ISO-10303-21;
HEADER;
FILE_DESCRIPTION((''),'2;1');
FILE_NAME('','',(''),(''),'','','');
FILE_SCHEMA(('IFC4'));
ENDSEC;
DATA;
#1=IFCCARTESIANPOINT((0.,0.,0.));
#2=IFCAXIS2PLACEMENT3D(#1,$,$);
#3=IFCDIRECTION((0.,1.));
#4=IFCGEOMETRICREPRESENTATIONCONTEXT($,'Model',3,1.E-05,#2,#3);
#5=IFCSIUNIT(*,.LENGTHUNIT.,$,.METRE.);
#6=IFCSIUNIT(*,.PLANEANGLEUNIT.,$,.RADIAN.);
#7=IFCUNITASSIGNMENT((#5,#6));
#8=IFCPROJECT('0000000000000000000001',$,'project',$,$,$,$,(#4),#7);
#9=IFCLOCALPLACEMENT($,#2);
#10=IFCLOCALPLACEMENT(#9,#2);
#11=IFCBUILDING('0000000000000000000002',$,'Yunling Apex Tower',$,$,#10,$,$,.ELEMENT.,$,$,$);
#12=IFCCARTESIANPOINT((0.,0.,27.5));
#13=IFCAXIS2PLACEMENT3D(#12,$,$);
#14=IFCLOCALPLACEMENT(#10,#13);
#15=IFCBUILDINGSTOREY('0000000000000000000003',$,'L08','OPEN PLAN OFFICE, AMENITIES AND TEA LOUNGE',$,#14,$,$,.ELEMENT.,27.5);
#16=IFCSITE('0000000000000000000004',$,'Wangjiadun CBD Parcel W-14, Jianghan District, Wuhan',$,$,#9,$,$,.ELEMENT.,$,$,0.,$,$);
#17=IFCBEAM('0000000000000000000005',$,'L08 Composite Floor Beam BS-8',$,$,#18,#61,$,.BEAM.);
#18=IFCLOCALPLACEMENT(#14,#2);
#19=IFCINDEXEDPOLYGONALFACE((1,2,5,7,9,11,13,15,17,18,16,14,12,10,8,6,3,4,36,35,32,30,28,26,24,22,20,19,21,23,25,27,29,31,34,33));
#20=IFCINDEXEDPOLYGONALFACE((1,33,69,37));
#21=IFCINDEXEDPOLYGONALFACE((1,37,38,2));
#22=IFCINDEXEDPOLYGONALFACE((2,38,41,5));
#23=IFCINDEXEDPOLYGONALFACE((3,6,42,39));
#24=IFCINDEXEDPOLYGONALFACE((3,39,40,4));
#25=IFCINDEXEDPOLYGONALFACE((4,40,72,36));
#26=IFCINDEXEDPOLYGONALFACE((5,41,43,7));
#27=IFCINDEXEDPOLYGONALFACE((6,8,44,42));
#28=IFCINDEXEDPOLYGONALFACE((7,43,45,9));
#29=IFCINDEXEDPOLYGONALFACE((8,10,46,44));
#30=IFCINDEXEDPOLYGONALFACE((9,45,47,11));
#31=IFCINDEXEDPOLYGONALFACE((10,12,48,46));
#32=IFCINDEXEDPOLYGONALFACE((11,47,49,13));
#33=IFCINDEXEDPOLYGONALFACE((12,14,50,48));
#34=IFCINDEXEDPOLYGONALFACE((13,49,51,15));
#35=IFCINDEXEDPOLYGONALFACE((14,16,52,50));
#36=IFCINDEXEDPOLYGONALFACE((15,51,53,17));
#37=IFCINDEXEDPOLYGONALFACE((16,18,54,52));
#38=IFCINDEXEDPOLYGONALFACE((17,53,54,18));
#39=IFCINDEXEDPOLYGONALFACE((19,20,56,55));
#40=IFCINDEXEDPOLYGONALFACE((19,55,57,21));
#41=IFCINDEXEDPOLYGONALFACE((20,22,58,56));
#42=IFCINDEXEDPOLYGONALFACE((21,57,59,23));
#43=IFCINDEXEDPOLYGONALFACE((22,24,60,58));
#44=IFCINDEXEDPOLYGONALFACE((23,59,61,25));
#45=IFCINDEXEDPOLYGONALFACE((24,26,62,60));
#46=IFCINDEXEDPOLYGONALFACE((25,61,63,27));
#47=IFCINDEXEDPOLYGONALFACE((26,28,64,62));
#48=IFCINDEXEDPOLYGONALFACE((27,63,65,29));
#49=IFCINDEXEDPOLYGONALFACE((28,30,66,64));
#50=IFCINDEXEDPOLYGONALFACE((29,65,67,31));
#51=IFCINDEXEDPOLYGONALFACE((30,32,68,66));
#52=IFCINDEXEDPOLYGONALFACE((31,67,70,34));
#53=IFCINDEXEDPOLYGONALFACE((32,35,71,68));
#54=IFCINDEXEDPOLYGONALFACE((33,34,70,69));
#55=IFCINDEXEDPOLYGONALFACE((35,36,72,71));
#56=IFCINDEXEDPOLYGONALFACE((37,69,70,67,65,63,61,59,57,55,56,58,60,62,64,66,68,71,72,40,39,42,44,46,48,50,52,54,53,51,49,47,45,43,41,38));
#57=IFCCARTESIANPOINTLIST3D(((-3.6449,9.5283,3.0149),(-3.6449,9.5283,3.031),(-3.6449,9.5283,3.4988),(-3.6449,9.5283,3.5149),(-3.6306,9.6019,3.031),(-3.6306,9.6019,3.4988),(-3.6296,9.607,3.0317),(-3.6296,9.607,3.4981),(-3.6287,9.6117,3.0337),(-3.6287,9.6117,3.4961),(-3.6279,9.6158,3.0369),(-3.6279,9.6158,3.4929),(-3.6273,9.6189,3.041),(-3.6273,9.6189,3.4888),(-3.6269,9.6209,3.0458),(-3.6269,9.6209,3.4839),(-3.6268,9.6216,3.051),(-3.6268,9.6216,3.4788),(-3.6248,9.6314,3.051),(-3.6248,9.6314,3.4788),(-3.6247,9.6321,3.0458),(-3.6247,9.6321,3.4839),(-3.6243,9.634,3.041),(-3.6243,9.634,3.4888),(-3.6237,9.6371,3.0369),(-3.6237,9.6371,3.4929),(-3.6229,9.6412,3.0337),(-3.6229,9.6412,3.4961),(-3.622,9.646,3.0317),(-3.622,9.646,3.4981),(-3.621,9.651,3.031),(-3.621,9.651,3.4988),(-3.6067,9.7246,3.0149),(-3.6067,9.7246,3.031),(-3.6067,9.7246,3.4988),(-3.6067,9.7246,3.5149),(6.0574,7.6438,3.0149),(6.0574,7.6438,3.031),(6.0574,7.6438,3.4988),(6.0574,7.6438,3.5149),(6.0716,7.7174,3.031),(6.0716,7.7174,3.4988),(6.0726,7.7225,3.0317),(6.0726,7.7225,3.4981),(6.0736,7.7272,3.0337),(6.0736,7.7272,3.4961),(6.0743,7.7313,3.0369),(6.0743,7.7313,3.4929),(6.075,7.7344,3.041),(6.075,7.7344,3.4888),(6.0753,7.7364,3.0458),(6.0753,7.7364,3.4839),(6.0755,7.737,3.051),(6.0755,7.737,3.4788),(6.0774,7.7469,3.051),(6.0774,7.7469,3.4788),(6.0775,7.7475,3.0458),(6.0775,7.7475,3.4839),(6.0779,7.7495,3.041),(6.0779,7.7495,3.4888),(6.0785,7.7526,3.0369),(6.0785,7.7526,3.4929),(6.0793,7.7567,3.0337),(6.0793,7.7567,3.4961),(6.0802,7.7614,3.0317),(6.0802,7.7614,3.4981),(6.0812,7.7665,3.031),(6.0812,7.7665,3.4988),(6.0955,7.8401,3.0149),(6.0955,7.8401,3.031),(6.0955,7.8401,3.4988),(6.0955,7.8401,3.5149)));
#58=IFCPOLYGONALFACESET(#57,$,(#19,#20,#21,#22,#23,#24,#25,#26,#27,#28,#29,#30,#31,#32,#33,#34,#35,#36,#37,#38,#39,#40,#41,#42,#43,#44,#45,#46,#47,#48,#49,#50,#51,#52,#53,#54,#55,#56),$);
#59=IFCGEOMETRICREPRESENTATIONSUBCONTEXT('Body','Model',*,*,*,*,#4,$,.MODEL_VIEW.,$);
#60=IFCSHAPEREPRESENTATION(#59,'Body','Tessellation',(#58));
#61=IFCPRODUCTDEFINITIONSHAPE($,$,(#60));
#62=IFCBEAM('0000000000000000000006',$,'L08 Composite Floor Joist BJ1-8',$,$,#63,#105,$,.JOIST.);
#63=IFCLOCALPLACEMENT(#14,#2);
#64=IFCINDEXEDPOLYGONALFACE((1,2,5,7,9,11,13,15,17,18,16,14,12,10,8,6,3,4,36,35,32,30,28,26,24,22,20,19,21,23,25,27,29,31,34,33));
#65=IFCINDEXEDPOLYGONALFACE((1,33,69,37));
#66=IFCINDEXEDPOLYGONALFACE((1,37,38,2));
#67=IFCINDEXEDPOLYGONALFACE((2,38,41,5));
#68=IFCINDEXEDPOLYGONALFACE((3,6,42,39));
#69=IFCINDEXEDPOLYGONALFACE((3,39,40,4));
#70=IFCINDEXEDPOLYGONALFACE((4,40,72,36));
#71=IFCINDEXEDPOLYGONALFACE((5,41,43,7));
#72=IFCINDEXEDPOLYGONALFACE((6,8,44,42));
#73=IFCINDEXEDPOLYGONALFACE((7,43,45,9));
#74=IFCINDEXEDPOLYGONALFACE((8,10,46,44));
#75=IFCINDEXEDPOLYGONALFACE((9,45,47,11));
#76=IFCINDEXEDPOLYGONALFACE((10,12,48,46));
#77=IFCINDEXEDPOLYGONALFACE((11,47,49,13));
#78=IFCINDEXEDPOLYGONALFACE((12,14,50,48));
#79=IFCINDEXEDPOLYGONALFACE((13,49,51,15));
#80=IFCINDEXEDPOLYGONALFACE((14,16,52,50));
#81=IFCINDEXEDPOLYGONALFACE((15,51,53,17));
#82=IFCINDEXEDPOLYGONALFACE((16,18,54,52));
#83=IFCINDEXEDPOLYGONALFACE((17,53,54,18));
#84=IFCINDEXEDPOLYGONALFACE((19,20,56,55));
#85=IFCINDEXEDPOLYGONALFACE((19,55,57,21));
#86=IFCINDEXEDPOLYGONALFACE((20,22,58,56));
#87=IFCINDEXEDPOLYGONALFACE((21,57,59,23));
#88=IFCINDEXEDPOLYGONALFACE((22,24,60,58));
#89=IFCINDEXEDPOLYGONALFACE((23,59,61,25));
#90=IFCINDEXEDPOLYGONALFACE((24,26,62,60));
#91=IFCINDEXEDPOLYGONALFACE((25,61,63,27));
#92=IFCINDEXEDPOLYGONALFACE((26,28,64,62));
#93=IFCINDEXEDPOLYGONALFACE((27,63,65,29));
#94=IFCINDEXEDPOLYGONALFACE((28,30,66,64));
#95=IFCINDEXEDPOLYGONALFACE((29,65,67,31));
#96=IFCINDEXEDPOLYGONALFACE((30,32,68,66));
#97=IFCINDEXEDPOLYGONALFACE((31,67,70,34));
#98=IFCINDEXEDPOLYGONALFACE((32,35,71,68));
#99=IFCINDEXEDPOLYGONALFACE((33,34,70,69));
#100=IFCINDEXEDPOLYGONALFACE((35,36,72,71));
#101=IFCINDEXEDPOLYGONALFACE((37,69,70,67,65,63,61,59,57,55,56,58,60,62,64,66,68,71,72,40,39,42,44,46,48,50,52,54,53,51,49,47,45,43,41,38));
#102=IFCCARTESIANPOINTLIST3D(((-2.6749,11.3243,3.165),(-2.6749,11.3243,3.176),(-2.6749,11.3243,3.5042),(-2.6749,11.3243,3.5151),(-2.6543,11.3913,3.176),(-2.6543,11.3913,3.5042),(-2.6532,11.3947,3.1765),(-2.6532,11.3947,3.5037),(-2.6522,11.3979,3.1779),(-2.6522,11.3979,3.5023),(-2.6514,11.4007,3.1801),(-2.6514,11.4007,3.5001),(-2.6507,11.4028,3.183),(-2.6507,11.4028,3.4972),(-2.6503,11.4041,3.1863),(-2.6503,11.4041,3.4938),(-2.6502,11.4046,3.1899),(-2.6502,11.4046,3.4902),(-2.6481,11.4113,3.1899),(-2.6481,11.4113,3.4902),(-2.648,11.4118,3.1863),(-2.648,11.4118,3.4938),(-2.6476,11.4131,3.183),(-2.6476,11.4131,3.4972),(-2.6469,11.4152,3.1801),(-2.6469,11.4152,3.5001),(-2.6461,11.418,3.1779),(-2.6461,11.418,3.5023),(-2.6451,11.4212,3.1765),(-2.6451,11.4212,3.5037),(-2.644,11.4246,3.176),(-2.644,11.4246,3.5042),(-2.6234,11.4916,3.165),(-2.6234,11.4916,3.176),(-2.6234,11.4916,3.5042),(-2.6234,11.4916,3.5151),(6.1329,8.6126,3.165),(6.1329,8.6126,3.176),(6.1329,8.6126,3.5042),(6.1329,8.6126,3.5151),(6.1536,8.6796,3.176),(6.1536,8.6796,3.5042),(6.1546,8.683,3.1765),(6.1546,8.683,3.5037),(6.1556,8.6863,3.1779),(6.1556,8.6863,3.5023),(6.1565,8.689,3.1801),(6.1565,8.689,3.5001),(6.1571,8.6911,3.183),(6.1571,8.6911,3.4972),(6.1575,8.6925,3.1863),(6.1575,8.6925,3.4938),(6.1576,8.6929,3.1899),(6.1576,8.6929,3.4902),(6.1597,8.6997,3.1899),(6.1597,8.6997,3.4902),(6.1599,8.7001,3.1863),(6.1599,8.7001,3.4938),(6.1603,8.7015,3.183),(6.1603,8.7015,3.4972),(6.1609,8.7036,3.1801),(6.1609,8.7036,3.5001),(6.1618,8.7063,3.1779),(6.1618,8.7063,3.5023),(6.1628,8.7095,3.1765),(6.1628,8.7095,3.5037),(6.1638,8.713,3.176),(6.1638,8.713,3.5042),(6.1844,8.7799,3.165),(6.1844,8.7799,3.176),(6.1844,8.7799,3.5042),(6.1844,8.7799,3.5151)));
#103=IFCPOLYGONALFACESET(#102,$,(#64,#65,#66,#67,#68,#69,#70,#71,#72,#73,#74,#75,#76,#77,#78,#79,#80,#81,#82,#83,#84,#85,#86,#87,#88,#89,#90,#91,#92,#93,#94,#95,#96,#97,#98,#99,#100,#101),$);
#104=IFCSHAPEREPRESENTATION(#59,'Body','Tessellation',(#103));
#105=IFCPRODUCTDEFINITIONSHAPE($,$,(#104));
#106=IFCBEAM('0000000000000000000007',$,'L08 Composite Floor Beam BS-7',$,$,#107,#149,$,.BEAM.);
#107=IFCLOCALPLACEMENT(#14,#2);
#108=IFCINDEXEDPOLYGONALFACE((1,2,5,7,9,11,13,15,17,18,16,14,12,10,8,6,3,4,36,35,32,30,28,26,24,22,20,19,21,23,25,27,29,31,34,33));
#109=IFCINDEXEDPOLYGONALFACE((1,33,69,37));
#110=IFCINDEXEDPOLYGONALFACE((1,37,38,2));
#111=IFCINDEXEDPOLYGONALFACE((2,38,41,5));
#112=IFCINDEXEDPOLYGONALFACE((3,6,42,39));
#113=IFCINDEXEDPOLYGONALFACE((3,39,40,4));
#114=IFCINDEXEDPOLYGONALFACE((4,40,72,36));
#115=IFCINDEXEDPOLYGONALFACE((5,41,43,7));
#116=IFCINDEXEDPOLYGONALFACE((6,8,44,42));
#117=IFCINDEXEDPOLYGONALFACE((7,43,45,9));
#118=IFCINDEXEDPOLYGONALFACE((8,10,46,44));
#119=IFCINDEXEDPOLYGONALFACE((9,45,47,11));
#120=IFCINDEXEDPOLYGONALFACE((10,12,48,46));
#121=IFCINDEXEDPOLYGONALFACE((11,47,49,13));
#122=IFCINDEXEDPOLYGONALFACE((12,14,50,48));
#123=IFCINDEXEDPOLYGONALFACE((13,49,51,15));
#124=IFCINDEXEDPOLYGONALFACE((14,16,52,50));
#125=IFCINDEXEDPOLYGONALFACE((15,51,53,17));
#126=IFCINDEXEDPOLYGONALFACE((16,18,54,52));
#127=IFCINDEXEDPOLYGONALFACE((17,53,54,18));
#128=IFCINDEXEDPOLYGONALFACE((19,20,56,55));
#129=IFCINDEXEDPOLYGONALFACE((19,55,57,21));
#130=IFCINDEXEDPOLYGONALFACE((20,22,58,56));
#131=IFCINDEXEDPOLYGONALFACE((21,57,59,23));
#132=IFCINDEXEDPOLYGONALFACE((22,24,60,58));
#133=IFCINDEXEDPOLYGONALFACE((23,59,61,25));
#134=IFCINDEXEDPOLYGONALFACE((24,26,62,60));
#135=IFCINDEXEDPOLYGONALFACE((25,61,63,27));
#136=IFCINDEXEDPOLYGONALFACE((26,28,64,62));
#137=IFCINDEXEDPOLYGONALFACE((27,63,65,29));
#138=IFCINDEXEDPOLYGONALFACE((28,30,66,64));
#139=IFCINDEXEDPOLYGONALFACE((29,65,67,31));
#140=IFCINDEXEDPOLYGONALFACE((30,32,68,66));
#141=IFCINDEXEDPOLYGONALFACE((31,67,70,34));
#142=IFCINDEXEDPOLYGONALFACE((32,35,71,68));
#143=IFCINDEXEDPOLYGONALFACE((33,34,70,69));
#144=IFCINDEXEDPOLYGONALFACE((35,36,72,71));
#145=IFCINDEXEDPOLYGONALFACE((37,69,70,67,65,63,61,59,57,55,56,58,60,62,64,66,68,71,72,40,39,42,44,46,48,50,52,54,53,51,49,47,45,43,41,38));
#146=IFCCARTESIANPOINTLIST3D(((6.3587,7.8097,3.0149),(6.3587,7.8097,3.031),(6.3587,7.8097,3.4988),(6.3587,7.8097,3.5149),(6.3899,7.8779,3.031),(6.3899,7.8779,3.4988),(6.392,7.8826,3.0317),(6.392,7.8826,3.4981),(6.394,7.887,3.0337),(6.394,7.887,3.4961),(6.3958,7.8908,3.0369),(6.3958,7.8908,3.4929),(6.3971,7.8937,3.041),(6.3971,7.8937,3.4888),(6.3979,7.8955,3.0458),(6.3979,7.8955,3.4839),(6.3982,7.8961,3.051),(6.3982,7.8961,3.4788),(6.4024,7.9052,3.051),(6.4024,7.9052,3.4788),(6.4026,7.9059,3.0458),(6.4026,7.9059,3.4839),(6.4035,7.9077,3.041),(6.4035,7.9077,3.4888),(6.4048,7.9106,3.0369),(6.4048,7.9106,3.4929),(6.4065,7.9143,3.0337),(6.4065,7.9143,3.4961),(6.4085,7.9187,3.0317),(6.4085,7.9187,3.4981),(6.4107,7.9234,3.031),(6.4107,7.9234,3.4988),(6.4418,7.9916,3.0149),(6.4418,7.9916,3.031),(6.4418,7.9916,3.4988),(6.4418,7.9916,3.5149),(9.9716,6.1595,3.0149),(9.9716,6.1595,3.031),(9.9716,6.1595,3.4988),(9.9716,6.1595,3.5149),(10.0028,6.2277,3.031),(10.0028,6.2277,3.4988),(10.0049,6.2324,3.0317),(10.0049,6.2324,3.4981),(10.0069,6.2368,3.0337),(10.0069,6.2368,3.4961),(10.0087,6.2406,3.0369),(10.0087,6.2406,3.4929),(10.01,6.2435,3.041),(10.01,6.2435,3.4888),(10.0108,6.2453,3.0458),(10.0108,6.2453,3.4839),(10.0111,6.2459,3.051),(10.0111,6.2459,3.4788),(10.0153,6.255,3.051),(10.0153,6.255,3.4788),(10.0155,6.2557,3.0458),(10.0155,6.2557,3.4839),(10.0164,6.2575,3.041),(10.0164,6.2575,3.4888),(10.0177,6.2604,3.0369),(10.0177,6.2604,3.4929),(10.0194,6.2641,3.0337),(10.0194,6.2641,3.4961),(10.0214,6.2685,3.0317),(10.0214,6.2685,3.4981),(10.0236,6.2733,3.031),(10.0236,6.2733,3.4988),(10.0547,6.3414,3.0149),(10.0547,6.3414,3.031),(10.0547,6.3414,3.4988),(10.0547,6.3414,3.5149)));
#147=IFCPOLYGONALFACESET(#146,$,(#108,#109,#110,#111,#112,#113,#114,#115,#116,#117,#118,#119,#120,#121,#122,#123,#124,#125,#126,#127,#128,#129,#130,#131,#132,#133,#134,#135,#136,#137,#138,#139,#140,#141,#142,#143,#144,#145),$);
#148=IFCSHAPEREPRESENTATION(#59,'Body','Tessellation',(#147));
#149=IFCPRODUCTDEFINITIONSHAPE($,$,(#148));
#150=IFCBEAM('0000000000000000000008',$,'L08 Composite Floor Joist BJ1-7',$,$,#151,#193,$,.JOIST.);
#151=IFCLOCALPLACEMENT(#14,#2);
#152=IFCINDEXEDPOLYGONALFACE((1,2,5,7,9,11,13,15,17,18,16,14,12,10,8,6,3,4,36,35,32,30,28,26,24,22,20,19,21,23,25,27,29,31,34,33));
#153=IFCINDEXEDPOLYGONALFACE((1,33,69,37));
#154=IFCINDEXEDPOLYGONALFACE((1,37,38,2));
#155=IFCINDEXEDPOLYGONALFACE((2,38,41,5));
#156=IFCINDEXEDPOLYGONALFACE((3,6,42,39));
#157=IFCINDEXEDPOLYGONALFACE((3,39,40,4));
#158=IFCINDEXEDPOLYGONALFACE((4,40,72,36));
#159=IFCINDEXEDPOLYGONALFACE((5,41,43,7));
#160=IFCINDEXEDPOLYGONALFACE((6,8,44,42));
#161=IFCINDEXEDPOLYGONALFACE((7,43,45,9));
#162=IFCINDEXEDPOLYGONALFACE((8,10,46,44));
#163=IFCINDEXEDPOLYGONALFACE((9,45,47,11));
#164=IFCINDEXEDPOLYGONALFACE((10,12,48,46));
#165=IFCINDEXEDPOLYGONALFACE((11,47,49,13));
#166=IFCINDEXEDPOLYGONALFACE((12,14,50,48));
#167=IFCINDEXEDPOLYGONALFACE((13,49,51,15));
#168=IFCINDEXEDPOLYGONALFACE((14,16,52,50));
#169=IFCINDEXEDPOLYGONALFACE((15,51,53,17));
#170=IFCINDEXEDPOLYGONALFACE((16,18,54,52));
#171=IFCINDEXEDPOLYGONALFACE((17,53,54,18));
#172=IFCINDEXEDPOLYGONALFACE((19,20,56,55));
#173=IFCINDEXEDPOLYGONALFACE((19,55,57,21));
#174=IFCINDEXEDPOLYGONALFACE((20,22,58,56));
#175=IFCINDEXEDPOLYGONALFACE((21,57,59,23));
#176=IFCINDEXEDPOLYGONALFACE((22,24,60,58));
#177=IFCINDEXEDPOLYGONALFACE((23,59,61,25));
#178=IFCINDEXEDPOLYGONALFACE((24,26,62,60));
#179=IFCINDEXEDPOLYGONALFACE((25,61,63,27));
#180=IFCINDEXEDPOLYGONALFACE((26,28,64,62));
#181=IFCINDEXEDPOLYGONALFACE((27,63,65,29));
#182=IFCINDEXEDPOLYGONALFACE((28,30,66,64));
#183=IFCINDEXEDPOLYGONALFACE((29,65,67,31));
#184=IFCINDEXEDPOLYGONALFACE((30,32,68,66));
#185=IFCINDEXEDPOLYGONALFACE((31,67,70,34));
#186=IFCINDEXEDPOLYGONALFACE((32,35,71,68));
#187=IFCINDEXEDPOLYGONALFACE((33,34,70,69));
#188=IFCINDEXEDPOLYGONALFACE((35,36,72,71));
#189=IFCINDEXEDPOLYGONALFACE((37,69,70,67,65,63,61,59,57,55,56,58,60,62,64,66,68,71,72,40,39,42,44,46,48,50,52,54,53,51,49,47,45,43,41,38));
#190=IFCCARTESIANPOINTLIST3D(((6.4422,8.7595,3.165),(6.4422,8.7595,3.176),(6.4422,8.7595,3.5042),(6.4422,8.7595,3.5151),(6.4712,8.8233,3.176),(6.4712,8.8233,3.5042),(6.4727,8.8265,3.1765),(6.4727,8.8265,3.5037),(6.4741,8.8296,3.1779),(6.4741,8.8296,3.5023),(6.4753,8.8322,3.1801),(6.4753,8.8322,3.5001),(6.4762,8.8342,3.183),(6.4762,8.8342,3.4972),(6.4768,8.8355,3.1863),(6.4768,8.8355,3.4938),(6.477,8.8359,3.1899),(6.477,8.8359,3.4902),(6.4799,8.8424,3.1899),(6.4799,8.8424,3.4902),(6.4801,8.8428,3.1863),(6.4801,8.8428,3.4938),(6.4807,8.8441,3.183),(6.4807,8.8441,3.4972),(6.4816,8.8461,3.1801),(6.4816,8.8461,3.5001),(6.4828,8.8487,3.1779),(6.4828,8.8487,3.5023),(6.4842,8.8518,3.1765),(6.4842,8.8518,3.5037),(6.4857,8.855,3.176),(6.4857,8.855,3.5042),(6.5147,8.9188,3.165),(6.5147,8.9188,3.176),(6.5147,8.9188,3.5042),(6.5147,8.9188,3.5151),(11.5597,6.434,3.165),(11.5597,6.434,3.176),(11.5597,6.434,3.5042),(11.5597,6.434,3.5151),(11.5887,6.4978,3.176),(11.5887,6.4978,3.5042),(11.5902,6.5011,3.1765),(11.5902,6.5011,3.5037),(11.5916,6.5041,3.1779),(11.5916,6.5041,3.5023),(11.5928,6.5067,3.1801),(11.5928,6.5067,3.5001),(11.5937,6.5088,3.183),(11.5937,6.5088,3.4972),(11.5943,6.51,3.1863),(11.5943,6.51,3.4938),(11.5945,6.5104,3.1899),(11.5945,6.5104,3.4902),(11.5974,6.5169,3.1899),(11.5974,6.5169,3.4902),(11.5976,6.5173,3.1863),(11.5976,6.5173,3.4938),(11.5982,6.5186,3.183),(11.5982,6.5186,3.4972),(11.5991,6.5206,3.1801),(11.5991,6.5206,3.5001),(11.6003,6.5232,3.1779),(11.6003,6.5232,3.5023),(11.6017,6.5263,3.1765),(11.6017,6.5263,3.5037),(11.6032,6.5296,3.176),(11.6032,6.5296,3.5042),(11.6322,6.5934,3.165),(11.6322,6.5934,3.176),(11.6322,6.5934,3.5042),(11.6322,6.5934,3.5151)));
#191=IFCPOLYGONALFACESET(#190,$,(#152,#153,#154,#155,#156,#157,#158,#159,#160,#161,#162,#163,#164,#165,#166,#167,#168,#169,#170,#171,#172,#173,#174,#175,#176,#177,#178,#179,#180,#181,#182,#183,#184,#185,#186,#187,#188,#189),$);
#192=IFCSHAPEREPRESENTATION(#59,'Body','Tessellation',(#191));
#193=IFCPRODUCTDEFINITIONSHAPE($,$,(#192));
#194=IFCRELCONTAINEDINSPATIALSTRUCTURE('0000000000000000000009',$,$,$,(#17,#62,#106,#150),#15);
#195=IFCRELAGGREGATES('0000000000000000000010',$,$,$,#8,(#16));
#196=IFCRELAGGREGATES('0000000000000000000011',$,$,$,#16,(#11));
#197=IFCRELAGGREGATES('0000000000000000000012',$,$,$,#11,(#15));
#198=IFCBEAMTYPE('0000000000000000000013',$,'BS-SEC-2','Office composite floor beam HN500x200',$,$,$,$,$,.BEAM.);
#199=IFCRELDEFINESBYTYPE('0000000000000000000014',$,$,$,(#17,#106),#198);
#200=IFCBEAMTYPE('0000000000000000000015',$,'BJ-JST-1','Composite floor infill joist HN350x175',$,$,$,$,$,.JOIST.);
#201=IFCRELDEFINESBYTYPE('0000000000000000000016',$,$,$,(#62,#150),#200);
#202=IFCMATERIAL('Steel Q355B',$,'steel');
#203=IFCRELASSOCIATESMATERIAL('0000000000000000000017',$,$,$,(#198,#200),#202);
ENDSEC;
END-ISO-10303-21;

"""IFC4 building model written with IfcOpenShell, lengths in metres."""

from ifc_helpers import new_model, si_unit, direction, frame, origin, origin_2d, place, context, subcontext, project, spatial, i_section, extrude, source, transform, mapped, material, material_profile, profile_set, type_object, element, save


model = new_model("IFC4")

# Units and contexts
model_context = context("Model", 3, precision=1e-05, world=origin(), true_north=direction((0.0, 1.0)))
body_context = subcontext(model_context, "Body", "Model", "MODEL_VIEW")
ifc_project = project(units=[si_unit("LENGTHUNIT", "METRE"), si_unit("PLANEANGLEUNIT", "RADIAN")], contexts=[model_context])

# Site, building, storey
site_placement = place(None, origin())
site = spatial("IfcSite", under=ifc_project, at=site_placement, Name="Wangjiadun CBD Parcel W-14, Jianghan District, Wuhan", CompositionType="ELEMENT", RefElevation=0.0)
building_placement = place(site_placement, origin())
building = spatial("IfcBuilding", under=site, at=building_placement, Name="Yunling Apex Tower", CompositionType="ELEMENT")
storey_placement = place(building_placement, frame((0.0, 0.0, 27.5)))
storey = spatial("IfcBuildingStorey", under=building, at=storey_placement, Name="L08", Description="OPEN PLAN OFFICE, AMENITIES AND TEA LOUNGE", CompositionType="ELEMENT", Elevation=27.5)

# Beams
ifc_material_1 = material(Name="Steel Q355B", Category="steel")
ifc_material_profile_1 = material_profile(ifc_material_1, i_section(OverallWidth=0.2, OverallDepth=0.5, WebThickness=0.01, FlangeThickness=0.0161, FilletRadius=0.02, at=origin_2d()))
ifc_profile_set_1 = profile_set([ifc_material_profile_1], Name="Steel Q355B")
beam_type_1 = type_object("IfcBeamType", Name="BS-SEC-2", Description="Office composite floor beam HN500x200", PredefinedType="BEAM", material=ifc_profile_set_1)
shared_shape_1 = source(origin(), body_context, "Body", "SweptSolid", [
    extrude(i_section(OverallWidth=0.2, OverallDepth=0.5, WebThickness=0.01, FlangeThickness=0.0161, FilletRadius=0.02, at=origin_2d()), origin(), (0.0, 0.0, 1.0), 9.8835),
])
beam_1_placement = place(storey_placement, frame((6.0764, 7.7419, 3.2649), z_axis=(-0.981653, 0.190674, 0.0), x_axis=(-0.190674, -0.981653, 0.0)))
element("IfcBeam", 1, at=beam_1_placement, inside=storey, type_object=beam_type_1, Name="L08 Composite Floor Beam BS-8", PredefinedType="BEAM", context=body_context, shape_type="MappedRepresentation", body=[
    mapped(shared_shape_1, transform((0.0, 0.0, 0.0), scale=1.0)),
])
ifc_material_profile_2 = material_profile(ifc_material_1, i_section(OverallWidth=0.175, OverallDepth=0.3501, WebThickness=0.0071, FlangeThickness=0.011, FilletRadius=0.0139, at=origin_2d()))
ifc_profile_set_2 = profile_set([ifc_material_profile_2], Name="Steel Q355B")
beam_type_2 = type_object("IfcBeamType", Name="BJ-JST-1", Description="Composite floor infill joist HN350x175", PredefinedType="JOIST", material=ifc_profile_set_2)
shared_shape_2 = source(origin(), body_context, "Body", "SweptSolid", [
    extrude(i_section(OverallWidth=0.175, OverallDepth=0.3501, WebThickness=0.0071, FlangeThickness=0.011, FilletRadius=0.0139, at=origin_2d()), origin(), (0.0, 0.0, 1.0), 9.2158),
])
beam_2_placement = place(storey_placement, frame((6.1587, 8.6963, 3.3401), z_axis=(-0.955731, 0.29424, 0.0), x_axis=(-0.29424, -0.955731, 0.0)))
element("IfcBeam", 2, at=beam_2_placement, inside=storey, type_object=beam_type_2, Name="L08 Composite Floor Joist BJ1-8", PredefinedType="JOIST", context=body_context, shape_type="MappedRepresentation", body=[
    mapped(shared_shape_2, transform((0.0, 0.0, 0.0), scale=1.0)),
])
shared_shape_3 = source(origin(), body_context, "Body", "SweptSolid", [
    extrude(i_section(OverallWidth=0.2, OverallDepth=0.5, WebThickness=0.01, FlangeThickness=0.0161, FilletRadius=0.02, at=origin_2d()), origin(), (0.0, 0.0, 1.0), 3.9719),
])
beam_3_placement = place(storey_placement, frame((10.0132, 6.2505, 3.2649), z_axis=(-0.909609, 0.415465, 0.0), x_axis=(-0.415465, -0.909609, 0.0)))
element("IfcBeam", 3, at=beam_3_placement, inside=storey, type_object=beam_type_1, Name="L08 Composite Floor Beam BS-7", PredefinedType="BEAM", context=body_context, shape_type="MappedRepresentation", body=[
    mapped(shared_shape_3, transform((0.0, 0.0, 0.0), scale=1.0)),
])
shared_shape_4 = source(origin(), body_context, "Body", "SweptSolid", [
    extrude(i_section(OverallWidth=0.175, OverallDepth=0.3501, WebThickness=0.0071, FlangeThickness=0.011, FilletRadius=0.0139, at=origin_2d()), origin(), (0.0, 0.0, 1.0), 5.6211),
])
beam_4_placement = place(storey_placement, frame((11.5959, 6.5137, 3.3401), z_axis=(-0.910411, 0.413705, 0.0), x_axis=(-0.413705, -0.910411, 0.0)))
element("IfcBeam", 4, at=beam_4_placement, inside=storey, type_object=beam_type_2, Name="L08 Composite Floor Joist BJ1-7", PredefinedType="JOIST", context=body_context, shape_type="MappedRepresentation", body=[
    mapped(shared_shape_4, transform((0.0, 0.0, 0.0), scale=1.0)),
])

save(model, "model.ifc")
